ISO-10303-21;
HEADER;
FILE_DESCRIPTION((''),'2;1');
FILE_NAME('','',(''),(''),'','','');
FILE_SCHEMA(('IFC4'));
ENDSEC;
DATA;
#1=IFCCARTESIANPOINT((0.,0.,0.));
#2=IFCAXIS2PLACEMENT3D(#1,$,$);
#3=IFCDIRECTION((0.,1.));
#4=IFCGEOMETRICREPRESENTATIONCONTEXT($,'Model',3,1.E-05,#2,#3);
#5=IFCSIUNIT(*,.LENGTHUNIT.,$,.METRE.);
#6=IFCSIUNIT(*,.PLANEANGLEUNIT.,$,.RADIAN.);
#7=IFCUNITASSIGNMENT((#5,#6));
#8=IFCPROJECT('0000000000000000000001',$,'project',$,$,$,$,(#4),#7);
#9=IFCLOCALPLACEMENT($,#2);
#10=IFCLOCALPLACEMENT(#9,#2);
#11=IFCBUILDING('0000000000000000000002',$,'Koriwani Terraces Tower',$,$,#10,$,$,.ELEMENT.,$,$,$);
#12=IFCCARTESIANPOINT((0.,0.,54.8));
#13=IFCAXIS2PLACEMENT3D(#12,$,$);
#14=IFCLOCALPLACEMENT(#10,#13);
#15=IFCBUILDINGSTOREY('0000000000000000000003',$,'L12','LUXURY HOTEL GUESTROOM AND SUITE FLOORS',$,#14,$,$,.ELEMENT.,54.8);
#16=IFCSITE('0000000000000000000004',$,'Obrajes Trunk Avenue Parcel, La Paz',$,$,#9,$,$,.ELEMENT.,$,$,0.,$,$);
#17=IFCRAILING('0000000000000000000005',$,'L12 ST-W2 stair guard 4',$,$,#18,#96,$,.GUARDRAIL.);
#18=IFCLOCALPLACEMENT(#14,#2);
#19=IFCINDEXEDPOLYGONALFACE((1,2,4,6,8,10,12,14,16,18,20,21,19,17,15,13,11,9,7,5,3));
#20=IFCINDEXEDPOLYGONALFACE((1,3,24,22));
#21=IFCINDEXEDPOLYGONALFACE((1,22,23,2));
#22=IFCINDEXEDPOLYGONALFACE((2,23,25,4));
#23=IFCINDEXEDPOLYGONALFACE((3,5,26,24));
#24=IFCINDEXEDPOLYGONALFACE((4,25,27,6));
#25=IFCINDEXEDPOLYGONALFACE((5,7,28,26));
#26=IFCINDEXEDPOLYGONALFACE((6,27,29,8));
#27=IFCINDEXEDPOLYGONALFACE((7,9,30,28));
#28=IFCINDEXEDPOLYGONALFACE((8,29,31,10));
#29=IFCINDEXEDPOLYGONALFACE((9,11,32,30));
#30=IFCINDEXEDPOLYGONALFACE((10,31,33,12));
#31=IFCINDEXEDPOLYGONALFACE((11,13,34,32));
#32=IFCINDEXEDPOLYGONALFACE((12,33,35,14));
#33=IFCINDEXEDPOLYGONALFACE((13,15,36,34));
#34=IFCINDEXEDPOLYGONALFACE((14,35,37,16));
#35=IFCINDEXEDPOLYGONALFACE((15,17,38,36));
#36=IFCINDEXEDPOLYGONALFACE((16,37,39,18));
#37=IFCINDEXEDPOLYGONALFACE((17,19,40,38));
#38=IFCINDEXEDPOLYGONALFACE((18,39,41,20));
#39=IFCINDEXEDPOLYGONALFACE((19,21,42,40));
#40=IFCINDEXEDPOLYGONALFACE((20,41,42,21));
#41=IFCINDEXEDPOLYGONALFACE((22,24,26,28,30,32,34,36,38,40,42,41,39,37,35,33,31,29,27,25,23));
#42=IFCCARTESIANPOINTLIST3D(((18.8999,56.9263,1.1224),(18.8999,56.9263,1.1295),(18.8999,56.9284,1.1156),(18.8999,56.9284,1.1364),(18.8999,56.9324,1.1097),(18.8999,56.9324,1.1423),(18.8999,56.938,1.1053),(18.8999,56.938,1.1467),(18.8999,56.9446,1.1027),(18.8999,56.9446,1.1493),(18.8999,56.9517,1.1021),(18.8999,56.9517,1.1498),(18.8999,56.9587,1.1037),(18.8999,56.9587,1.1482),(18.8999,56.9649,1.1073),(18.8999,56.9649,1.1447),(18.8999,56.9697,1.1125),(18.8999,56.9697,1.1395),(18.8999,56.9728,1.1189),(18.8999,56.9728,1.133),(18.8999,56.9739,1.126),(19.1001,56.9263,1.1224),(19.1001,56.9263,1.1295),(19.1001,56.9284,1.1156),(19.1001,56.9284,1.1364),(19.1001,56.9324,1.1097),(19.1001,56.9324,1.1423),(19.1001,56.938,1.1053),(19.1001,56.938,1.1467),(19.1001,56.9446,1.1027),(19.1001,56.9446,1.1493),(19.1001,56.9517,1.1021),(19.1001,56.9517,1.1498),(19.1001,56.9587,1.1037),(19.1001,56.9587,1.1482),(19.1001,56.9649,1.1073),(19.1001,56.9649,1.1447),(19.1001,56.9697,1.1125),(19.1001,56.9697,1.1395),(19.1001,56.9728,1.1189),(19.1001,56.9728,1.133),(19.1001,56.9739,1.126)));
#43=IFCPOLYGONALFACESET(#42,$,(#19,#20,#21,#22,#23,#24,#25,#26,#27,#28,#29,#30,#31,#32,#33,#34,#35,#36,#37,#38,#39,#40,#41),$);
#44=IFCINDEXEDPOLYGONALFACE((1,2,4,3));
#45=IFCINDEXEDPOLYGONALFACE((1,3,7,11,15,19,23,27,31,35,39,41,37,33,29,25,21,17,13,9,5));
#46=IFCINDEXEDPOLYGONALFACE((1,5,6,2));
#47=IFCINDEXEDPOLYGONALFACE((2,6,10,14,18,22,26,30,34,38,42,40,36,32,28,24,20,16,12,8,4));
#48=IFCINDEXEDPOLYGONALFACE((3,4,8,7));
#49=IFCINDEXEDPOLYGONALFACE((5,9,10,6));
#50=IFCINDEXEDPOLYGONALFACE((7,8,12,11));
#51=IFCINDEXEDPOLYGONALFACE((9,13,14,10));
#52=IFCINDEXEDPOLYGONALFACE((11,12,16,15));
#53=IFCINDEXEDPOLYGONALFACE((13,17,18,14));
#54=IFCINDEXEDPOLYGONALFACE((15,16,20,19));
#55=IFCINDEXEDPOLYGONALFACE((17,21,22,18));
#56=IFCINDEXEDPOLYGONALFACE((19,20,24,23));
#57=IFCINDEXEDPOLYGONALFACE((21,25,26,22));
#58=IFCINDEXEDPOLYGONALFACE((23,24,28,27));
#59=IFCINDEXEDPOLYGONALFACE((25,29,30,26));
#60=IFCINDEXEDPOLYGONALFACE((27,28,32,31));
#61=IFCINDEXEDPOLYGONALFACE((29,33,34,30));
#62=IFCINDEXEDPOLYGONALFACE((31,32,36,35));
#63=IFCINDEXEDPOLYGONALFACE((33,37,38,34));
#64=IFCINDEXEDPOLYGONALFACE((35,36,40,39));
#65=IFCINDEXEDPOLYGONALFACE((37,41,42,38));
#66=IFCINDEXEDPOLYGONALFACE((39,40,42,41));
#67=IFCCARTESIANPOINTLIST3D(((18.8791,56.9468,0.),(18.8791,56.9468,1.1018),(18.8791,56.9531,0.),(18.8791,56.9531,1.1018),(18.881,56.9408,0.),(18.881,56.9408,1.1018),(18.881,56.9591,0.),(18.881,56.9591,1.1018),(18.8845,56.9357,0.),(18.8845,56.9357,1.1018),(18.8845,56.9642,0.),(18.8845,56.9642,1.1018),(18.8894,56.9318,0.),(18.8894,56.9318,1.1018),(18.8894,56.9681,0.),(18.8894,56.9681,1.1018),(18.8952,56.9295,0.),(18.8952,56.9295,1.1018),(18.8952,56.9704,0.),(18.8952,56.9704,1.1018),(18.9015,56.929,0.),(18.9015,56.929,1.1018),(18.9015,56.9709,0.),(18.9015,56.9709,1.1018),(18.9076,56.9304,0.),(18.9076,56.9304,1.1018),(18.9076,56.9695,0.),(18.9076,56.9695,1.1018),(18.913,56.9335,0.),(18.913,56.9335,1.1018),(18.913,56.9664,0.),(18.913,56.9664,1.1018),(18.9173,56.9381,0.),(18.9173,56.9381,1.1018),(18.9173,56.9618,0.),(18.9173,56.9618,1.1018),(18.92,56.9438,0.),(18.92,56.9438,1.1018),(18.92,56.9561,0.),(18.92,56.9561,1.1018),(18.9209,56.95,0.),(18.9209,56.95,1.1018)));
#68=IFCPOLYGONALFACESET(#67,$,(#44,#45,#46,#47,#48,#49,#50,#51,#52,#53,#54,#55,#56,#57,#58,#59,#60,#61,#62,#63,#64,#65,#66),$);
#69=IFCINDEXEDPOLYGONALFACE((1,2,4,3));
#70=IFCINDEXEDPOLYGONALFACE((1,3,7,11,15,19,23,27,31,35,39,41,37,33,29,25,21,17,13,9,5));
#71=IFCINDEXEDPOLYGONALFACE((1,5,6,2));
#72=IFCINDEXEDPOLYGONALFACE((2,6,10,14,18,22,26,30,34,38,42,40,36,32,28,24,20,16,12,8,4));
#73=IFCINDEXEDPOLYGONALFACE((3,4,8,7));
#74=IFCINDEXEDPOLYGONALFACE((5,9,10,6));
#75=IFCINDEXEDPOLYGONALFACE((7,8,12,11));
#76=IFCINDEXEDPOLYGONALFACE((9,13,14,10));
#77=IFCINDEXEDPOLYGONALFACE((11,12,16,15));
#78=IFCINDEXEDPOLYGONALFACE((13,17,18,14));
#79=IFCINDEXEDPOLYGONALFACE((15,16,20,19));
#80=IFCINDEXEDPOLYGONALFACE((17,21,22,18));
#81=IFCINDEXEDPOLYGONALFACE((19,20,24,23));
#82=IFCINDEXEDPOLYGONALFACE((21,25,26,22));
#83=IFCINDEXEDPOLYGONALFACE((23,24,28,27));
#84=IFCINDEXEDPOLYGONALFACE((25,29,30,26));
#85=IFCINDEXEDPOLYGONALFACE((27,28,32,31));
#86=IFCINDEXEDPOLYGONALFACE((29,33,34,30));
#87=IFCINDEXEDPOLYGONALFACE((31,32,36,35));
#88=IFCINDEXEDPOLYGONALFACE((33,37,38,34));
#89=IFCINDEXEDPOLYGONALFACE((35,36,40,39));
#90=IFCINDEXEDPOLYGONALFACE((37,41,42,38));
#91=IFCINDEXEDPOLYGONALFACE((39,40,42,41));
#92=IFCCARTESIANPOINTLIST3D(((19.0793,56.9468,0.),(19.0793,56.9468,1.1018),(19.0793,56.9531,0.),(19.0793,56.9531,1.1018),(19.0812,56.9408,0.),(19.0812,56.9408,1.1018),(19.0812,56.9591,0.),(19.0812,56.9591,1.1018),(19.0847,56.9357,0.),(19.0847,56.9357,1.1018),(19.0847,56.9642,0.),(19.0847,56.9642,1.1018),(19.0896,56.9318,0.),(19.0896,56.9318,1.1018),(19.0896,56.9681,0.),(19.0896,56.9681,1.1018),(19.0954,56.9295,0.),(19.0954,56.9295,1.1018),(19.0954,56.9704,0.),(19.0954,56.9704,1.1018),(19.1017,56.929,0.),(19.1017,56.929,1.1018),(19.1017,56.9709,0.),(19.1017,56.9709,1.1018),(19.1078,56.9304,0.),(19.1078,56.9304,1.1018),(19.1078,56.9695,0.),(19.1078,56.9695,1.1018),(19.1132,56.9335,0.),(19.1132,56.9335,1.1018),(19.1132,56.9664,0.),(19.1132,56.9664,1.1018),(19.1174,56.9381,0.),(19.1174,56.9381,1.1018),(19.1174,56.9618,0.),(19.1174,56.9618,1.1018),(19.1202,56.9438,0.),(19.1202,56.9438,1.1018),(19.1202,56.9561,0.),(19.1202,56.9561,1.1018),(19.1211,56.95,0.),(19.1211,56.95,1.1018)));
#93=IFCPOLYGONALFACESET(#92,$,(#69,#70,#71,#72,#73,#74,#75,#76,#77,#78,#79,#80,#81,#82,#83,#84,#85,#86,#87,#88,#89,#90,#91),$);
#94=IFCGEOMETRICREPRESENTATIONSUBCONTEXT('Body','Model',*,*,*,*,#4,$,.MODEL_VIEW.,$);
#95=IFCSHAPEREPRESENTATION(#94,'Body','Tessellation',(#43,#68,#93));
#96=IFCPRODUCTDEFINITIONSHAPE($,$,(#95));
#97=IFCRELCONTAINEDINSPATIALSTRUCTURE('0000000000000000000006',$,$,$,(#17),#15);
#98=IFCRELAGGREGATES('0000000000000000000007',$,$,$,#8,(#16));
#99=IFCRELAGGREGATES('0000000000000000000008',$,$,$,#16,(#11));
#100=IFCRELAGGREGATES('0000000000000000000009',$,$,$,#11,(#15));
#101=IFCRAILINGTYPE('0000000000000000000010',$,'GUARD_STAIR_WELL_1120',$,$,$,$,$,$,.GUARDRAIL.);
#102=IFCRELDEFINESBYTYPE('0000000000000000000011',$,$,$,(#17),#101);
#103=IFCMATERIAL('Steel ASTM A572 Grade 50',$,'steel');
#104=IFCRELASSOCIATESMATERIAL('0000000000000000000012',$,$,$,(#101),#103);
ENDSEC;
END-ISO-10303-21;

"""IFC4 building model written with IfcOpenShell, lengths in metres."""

from ifc_helpers import new_model, si_unit, direction, frame, origin, origin_2d, place, context, subcontext, project, spatial, circle, extrude, material, type_object, element, save


model = new_model("IFC4")

# Units and contexts
model_context = context("Model", 3, precision=1e-05, world=origin(), true_north=direction((0.0, 1.0)))
body_context = subcontext(model_context, "Body", "Model", "MODEL_VIEW")
ifc_project = project(units=[si_unit("LENGTHUNIT", "METRE"), si_unit("PLANEANGLEUNIT", "RADIAN")], contexts=[model_context])

# Site, building, storey
site_placement = place(None, origin())
site = spatial("IfcSite", under=ifc_project, at=site_placement, Name="Obrajes Trunk Avenue Parcel, La Paz", CompositionType="ELEMENT", RefElevation=0.0)
building_placement = place(site_placement, origin())
building = spatial("IfcBuilding", under=site, at=building_placement, Name="Koriwani Terraces Tower", CompositionType="ELEMENT")
storey_placement = place(building_placement, frame((0.0, 0.0, 54.8)))
storey = spatial("IfcBuildingStorey", under=building, at=storey_placement, Name="L12", Description="LUXURY HOTEL GUESTROOM AND SUITE FLOORS", CompositionType="ELEMENT", Elevation=54.8)

# Shared definitions
ifc_material_1 = material(Name="Steel ASTM A572 Grade 50", Category="steel")

# Railing
railing_type_1 = type_object("IfcRailingType", Name="GUARD_STAIR_WELL_1120", PredefinedType="GUARDRAIL", material=ifc_material_1)
railing_1_placement = place(storey_placement, frame((18.8999, 56.95, 0.0)))
element("IfcRailing", 1, at=railing_1_placement, inside=storey, type_object=railing_type_1, Name="L12 ST-W2 stair guard 4", PredefinedType="GUARDRAIL", context=body_context, shape_type="SweptSolid", body=[
    extrude(circle(Radius=0.0239, at=origin_2d()), frame((0.0, 0.0, 1.126), z_axis=(1.0, 0.0, 0.0), x_axis=(0.0, 1.0, 0.0)), (0.0, 0.0, 1.0), 0.2002),
    extrude(circle(Radius=0.021, at=origin_2d()), origin(), (0.0, 0.0, 1.0), 1.1018),
    extrude(circle(Radius=0.021, at=origin_2d()), frame((0.2002, 0.0, 0.0)), (0.0, 0.0, 1.0), 1.1018),
])

save(model, "model.ifc")
